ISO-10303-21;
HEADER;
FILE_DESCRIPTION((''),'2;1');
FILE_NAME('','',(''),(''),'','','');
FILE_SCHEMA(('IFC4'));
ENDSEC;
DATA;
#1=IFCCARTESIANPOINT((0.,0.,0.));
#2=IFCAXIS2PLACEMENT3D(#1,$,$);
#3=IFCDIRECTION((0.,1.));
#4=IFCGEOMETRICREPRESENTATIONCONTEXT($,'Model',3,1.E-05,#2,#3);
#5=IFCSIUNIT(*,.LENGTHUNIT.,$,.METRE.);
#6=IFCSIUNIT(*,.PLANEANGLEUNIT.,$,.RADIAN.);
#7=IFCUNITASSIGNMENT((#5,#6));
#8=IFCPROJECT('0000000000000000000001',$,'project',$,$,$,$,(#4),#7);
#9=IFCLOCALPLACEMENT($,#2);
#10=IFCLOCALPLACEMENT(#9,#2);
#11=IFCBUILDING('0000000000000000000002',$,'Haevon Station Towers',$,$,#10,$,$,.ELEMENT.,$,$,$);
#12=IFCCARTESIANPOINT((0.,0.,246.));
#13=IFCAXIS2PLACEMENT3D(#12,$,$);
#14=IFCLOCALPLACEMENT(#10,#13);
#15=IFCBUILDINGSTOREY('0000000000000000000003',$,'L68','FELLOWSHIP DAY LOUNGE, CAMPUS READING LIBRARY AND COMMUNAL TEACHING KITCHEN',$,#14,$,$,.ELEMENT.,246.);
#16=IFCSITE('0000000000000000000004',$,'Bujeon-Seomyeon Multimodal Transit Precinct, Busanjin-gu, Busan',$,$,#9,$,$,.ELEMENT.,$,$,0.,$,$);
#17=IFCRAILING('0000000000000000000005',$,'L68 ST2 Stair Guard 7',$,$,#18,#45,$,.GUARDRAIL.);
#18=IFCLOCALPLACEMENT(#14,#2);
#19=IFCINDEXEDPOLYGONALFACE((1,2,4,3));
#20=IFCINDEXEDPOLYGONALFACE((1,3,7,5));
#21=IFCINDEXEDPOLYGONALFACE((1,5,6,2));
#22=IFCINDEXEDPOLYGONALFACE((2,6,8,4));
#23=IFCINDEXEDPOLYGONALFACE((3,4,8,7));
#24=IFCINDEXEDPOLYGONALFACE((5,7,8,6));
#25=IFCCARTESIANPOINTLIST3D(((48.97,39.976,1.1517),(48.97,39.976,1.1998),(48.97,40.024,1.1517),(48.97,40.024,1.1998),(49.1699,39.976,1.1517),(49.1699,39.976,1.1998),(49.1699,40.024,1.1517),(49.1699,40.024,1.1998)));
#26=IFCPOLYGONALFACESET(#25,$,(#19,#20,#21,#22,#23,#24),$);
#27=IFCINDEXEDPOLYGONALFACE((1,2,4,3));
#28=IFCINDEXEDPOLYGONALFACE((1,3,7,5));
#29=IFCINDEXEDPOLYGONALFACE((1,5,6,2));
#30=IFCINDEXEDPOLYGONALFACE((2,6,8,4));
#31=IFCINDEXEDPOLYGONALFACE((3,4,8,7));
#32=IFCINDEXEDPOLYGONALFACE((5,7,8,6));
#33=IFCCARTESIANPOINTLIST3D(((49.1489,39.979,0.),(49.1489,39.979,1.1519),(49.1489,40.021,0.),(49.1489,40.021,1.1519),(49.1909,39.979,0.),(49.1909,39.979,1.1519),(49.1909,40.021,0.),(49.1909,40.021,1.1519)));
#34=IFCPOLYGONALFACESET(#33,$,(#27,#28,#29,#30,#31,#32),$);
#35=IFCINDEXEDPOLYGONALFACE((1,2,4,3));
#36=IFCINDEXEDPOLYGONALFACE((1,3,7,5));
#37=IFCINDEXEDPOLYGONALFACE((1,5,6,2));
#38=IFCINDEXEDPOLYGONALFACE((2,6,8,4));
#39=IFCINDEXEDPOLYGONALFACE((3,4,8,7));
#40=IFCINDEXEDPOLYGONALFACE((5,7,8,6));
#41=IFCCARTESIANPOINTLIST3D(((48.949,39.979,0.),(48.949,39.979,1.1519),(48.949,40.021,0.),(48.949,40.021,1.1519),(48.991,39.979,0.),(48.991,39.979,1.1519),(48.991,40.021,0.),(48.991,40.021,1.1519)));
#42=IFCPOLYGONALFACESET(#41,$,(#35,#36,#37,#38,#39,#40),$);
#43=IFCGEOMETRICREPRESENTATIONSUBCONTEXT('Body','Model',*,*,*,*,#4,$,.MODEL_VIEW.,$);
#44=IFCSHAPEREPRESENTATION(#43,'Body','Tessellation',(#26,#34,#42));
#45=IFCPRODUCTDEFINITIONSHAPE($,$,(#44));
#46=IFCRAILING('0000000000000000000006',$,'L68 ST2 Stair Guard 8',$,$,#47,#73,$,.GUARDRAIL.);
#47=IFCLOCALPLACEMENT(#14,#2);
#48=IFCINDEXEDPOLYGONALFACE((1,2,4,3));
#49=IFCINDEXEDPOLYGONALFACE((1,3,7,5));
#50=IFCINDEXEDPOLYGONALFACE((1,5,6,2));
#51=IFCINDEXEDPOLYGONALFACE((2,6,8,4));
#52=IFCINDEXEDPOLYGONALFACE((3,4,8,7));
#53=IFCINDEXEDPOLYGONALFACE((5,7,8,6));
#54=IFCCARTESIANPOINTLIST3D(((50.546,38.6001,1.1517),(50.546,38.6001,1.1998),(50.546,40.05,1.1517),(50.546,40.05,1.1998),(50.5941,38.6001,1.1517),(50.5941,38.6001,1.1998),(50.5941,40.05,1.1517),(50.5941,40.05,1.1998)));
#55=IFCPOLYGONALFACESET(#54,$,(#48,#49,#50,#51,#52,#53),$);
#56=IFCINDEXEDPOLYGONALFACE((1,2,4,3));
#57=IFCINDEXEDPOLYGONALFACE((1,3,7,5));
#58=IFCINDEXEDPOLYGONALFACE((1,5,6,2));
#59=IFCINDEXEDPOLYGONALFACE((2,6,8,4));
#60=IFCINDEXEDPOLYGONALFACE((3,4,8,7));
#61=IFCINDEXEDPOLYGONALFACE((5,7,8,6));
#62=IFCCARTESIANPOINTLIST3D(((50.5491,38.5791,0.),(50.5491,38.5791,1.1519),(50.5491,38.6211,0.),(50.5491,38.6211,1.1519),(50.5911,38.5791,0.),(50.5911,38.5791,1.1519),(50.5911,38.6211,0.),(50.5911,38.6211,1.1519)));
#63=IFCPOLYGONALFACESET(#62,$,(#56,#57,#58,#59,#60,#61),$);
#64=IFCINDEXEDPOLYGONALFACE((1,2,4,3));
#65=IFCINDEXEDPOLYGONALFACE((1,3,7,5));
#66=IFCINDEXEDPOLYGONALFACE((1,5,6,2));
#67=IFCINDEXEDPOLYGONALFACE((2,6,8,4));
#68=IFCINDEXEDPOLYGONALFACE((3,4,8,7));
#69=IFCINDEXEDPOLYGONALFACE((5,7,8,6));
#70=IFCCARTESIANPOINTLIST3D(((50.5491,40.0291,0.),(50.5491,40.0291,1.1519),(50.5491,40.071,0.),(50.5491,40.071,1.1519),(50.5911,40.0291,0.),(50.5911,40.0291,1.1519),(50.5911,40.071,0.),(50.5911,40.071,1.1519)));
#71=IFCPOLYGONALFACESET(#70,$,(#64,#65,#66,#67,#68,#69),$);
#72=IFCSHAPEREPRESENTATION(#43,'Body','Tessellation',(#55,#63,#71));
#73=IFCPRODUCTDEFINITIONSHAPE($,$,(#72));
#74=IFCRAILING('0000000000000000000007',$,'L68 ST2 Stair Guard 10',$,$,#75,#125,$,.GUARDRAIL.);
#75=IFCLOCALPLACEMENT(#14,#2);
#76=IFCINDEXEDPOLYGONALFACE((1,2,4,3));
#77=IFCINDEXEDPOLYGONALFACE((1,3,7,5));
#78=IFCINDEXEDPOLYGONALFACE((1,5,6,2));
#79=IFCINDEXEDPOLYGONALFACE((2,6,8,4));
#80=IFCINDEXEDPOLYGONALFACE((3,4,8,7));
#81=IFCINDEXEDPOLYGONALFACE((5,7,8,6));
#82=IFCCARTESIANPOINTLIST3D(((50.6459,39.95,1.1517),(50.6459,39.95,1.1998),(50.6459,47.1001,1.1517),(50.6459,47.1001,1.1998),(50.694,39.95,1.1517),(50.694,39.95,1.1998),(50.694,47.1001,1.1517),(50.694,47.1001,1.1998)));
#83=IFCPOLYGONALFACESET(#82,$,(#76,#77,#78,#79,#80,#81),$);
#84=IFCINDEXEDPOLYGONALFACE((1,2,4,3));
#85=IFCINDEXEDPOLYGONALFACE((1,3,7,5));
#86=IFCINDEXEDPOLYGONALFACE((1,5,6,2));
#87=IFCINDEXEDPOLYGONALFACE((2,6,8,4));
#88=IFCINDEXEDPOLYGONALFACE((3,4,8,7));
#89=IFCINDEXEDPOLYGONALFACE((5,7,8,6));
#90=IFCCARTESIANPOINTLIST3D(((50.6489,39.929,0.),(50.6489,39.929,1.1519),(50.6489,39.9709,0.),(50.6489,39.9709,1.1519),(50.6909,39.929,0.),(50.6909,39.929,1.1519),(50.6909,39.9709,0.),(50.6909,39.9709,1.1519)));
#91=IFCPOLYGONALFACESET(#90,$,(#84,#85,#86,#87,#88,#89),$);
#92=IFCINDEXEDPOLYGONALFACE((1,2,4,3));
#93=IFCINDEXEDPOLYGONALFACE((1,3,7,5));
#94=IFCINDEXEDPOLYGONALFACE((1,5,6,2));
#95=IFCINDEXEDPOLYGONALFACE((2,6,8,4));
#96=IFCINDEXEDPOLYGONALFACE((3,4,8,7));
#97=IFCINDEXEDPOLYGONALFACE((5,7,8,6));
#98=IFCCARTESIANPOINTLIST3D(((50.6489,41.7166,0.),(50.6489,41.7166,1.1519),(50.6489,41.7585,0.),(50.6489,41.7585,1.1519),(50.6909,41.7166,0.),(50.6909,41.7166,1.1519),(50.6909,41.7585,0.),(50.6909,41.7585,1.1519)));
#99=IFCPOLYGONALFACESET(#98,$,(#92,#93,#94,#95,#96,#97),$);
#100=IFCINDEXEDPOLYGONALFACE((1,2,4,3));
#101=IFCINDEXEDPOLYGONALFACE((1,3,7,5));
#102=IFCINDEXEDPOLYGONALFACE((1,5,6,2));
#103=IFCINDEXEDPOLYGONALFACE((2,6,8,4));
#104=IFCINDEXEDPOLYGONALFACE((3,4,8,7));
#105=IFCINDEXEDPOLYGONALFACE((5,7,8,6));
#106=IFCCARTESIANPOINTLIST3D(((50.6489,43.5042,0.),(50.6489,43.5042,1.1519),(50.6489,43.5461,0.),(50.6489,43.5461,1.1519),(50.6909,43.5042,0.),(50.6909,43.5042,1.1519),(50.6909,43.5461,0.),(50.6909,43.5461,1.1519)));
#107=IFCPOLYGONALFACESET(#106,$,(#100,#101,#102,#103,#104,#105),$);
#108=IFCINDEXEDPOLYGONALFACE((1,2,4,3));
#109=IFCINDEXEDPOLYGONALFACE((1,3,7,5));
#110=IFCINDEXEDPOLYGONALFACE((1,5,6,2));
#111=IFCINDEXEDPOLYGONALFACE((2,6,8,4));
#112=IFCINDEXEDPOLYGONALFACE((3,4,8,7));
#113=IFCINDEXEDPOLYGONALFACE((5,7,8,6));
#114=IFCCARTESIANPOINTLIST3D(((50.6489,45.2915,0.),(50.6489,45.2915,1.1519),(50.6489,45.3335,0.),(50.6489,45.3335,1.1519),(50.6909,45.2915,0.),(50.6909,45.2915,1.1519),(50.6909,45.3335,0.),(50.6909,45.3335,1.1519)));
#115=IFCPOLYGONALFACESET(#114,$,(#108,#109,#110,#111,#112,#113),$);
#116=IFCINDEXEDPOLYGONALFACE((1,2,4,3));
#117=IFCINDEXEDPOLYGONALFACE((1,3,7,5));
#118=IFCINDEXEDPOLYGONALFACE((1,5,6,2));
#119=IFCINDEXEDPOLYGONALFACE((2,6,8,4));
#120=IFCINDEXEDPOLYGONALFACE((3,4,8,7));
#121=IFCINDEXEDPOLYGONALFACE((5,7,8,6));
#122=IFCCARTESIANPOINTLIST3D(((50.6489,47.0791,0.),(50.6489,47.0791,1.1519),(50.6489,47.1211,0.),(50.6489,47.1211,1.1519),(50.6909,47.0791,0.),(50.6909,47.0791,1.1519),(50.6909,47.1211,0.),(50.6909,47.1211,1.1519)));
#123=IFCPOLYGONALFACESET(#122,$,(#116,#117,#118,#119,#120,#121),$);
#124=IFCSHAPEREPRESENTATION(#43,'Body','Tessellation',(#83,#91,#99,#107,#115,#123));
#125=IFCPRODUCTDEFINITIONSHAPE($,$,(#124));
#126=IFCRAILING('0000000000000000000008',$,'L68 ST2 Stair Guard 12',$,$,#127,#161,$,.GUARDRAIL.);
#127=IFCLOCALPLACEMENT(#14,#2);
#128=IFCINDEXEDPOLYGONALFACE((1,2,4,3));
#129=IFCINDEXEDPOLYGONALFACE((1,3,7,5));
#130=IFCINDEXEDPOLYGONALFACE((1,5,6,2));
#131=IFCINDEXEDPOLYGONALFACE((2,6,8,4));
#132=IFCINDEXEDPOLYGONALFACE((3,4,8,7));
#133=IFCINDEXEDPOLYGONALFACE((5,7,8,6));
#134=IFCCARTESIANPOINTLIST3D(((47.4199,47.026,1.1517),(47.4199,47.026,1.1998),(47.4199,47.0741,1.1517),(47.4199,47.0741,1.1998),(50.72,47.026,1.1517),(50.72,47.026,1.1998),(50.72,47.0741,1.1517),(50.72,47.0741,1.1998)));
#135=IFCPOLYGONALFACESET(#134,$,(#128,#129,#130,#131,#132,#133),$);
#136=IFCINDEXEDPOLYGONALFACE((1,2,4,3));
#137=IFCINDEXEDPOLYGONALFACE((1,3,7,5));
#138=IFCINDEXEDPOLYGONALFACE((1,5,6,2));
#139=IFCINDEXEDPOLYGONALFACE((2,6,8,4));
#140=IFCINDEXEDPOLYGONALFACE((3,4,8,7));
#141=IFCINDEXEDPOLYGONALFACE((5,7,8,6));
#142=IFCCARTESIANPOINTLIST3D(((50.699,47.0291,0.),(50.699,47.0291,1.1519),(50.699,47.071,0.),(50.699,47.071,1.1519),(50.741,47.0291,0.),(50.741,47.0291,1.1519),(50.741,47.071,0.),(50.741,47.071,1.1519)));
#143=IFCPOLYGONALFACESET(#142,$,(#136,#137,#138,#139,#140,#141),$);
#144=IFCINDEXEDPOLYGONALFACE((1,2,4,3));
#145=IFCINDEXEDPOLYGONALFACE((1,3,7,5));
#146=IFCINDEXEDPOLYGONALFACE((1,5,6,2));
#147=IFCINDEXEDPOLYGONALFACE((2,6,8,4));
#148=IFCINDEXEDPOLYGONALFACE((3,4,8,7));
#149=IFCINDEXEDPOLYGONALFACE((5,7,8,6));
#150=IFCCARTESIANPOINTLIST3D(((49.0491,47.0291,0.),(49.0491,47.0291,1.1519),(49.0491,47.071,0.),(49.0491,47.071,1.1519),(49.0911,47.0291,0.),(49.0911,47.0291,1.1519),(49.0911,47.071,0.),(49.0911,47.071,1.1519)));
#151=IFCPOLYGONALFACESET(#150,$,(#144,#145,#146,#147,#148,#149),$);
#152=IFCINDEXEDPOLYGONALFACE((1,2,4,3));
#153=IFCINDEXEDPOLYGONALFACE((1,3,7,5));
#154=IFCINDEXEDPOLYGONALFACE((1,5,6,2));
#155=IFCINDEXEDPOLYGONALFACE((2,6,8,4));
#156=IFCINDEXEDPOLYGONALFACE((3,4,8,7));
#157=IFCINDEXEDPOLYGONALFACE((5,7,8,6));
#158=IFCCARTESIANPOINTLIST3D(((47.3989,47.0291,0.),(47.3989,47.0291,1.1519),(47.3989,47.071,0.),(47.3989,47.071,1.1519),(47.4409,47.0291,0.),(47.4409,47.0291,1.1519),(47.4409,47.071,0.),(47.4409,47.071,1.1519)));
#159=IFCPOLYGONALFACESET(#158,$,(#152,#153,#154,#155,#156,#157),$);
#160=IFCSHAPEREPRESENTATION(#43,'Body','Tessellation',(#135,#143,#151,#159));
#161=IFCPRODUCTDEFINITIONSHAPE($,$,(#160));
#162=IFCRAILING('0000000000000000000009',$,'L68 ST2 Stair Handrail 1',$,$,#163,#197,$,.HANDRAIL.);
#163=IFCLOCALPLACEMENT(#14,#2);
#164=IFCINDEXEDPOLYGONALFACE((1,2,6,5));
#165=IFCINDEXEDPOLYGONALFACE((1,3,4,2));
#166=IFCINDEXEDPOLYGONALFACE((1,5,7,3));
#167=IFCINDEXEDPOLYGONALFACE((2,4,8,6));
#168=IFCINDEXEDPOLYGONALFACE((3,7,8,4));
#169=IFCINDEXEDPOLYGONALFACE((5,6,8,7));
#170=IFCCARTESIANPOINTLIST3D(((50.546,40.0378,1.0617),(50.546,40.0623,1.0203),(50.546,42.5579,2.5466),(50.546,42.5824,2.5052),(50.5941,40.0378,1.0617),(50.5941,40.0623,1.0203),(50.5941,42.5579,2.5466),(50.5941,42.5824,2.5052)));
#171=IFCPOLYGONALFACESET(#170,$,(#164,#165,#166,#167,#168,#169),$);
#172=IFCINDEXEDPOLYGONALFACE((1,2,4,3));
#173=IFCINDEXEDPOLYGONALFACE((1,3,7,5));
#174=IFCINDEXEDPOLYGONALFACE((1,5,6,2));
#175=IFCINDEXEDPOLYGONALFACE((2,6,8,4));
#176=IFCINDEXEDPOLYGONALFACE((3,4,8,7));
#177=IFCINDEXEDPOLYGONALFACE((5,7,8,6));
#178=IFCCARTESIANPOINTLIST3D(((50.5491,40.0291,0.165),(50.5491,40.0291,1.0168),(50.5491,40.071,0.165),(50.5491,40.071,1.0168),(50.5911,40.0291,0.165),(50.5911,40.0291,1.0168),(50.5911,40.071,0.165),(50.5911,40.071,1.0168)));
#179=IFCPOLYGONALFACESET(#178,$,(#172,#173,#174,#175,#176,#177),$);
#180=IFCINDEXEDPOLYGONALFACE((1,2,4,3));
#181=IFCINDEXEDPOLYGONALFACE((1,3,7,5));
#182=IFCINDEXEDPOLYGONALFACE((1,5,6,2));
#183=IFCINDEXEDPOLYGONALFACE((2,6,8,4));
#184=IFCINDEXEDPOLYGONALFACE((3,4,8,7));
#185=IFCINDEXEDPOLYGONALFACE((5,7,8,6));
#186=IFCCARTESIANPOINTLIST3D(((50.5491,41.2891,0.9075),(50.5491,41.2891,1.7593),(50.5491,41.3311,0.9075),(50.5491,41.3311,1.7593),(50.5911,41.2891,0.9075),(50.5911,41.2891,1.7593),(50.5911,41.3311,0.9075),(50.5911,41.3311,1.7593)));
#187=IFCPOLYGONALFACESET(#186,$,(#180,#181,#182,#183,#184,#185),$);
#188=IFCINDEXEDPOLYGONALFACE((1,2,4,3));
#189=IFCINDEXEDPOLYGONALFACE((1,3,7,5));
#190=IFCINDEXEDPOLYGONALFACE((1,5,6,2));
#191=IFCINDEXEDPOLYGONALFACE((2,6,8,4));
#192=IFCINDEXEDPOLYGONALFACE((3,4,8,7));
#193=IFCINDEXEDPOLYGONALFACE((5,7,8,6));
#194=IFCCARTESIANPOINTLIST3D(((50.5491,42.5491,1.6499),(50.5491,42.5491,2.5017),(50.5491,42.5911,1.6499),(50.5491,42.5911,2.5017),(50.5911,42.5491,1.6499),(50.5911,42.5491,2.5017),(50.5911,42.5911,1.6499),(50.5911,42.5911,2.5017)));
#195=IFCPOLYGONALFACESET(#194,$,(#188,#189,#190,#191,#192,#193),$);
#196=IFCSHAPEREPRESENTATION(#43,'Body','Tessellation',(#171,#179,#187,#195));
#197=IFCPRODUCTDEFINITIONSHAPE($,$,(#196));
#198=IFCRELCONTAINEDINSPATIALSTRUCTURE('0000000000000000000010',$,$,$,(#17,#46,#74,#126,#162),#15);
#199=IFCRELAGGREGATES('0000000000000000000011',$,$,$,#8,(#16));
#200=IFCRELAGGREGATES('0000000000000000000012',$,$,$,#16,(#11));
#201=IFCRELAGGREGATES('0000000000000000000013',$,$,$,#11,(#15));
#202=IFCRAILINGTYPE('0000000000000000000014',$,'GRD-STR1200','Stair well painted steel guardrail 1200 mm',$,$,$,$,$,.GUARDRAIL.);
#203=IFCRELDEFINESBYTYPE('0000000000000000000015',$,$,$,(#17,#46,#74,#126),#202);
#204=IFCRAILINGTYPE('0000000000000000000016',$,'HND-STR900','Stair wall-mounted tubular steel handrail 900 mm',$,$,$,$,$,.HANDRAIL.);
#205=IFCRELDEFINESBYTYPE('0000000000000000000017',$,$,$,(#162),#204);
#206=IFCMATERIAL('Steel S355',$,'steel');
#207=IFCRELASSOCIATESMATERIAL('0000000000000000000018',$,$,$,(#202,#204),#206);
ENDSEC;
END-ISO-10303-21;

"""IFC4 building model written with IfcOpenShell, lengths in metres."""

from ifc_helpers import new_model, si_unit, direction, frame, origin, origin_2d, place, context, subcontext, project, spatial, rectangle, extrude, material, type_object, element, save


model = new_model("IFC4")

# Units and contexts
model_context = context("Model", 3, precision=1e-05, world=origin(), true_north=direction((0.0, 1.0)))
body_context = subcontext(model_context, "Body", "Model", "MODEL_VIEW")
ifc_project = project(units=[si_unit("LENGTHUNIT", "METRE"), si_unit("PLANEANGLEUNIT", "RADIAN")], contexts=[model_context])

# Site, building, storey
site_placement = place(None, origin())
site = spatial("IfcSite", under=ifc_project, at=site_placement, Name="Bujeon-Seomyeon Multimodal Transit Precinct, Busanjin-gu, Busan", CompositionType="ELEMENT", RefElevation=0.0)
building_placement = place(site_placement, origin())
building = spatial("IfcBuilding", under=site, at=building_placement, Name="Haevon Station Towers", CompositionType="ELEMENT")
storey_placement = place(building_placement, frame((0.0, 0.0, 246.0)))
storey = spatial("IfcBuildingStorey", under=building, at=storey_placement, Name="L68", Description="FELLOWSHIP DAY LOUNGE, CAMPUS READING LIBRARY AND COMMUNAL TEACHING KITCHEN", CompositionType="ELEMENT", Elevation=246.0)

# Shared definitions
ifc_material_1 = material(Name="Steel S355", Category="steel")

# Railings
railing_type_1 = type_object("IfcRailingType", Name="GRD-STR1200", Description="Stair well painted steel guardrail 1200 mm", PredefinedType="GUARDRAIL", material=ifc_material_1)
railing_1_placement = place(storey_placement, frame((49.1699, 40.0, 0.0)))
element("IfcRailing", 1, at=railing_1_placement, inside=storey, type_object=railing_type_1, Name="L68 ST2 Stair Guard 7", PredefinedType="GUARDRAIL", context=body_context, shape_type="SweptSolid", body=[
    extrude(rectangle(XDim=0.0481, YDim=0.0481, at=origin_2d()), frame((0.0, 0.0, 1.1758), z_axis=(-1.0, 0.0, 0.0), x_axis=(0.0, -1.0, 0.0)), (0.0, 0.0, 1.0), 0.2),
    extrude(rectangle(XDim=0.042, YDim=0.042, at=origin_2d()), origin(), (0.0, 0.0, 1.0), 1.1519),
    extrude(rectangle(XDim=0.042, YDim=0.042, at=origin_2d()), frame((-0.2, 0.0, 0.0)), (0.0, 0.0, 1.0), 1.1519),
])
railing_2_placement = place(storey_placement, frame((50.5701, 38.6001, 0.0)))
element("IfcRailing", 2, at=railing_2_placement, inside=storey, type_object=railing_type_1, Name="L68 ST2 Stair Guard 8", PredefinedType="GUARDRAIL", context=body_context, shape_type="SweptSolid", body=[
    extrude(rectangle(XDim=0.0481, YDim=0.0481, at=origin_2d()), frame((0.0, 0.0, 1.1758), z_axis=(0.0, 1.0, 0.0), x_axis=(-1.0, 0.0, 0.0)), (0.0, 0.0, 1.0), 1.45),
    extrude(rectangle(XDim=0.042, YDim=0.042, at=origin_2d()), origin(), (0.0, 0.0, 1.0), 1.1519),
    extrude(rectangle(XDim=0.042, YDim=0.042, at=origin_2d()), frame((0.0, 1.45, 0.0)), (0.0, 0.0, 1.0), 1.1519),
])
railing_3_placement = place(storey_placement, frame((50.6699, 39.95, 0.0)))
element("IfcRailing", 3, at=railing_3_placement, inside=storey, type_object=railing_type_1, Name="L68 ST2 Stair Guard 10", PredefinedType="GUARDRAIL", context=body_context, shape_type="SweptSolid", body=[
    extrude(rectangle(XDim=0.0481, YDim=0.0481, at=origin_2d()), frame((0.0, 0.0, 1.1758), z_axis=(0.0, 1.0, 0.0), x_axis=(-1.0, 0.0, 0.0)), (0.0, 0.0, 1.0), 7.1501),
    extrude(rectangle(XDim=0.042, YDim=0.042, at=origin_2d()), origin(), (0.0, 0.0, 1.0), 1.1519),
    extrude(rectangle(XDim=0.042, YDim=0.042, at=origin_2d()), frame((0.0, 1.7876, 0.0)), (0.0, 0.0, 1.0), 1.1519),
    extrude(rectangle(XDim=0.042, YDim=0.042, at=origin_2d()), frame((0.0, 3.5752, 0.0)), (0.0, 0.0, 1.0), 1.1519),
    extrude(rectangle(XDim=0.042, YDim=0.042, at=origin_2d()), frame((0.0, 5.3625, 0.0)), (0.0, 0.0, 1.0), 1.1519),
    extrude(rectangle(XDim=0.042, YDim=0.042, at=origin_2d()), frame((0.0, 7.1501, 0.0)), (0.0, 0.0, 1.0), 1.1519),
])
railing_4_placement = place(storey_placement, frame((50.72, 47.05, 0.0)))
element("IfcRailing", 4, at=railing_4_placement, inside=storey, type_object=railing_type_1, Name="L68 ST2 Stair Guard 12", PredefinedType="GUARDRAIL", context=body_context, shape_type="SweptSolid", body=[
    extrude(rectangle(XDim=0.0481, YDim=0.0481, at=origin_2d()), frame((0.0, 0.0, 1.1758), z_axis=(-1.0, 0.0, 0.0), x_axis=(0.0, -1.0, 0.0)), (0.0, 0.0, 1.0), 3.3),
    extrude(rectangle(XDim=0.042, YDim=0.042, at=origin_2d()), origin(), (0.0, 0.0, 1.0), 1.1519),
    extrude(rectangle(XDim=0.042, YDim=0.042, at=origin_2d()), frame((-1.6499, 0.0, 0.0)), (0.0, 0.0, 1.0), 1.1519),
    extrude(rectangle(XDim=0.042, YDim=0.042, at=origin_2d()), frame((-3.3, 0.0, 0.0)), (0.0, 0.0, 1.0), 1.1519),
])
railing_type_2 = type_object("IfcRailingType", Name="HND-STR900", Description="Stair wall-mounted tubular steel handrail 900 mm", PredefinedType="HANDRAIL", material=ifc_material_1)
railing_5_placement = place(storey_placement, frame((50.5701, 40.05, 0.165)))
element("IfcRailing", 5, at=railing_5_placement, inside=storey, type_object=railing_type_2, Name="L68 ST2 Stair Handrail 1", PredefinedType="HANDRAIL", context=body_context, shape_type="SweptSolid", body=[
    extrude(rectangle(XDim=0.0481, YDim=0.0481, at=origin_2d()), frame((0.0, 0.0, 0.876), z_axis=(0.0, 0.861561, 0.507655), x_axis=(-1.0, 0.0, 0.0)), (0.0, 0.0, 1.0), 2.925),
    extrude(rectangle(XDim=0.042, YDim=0.042, at=origin_2d()), origin(), (0.0, 0.0, 1.0), 0.8518),
    extrude(rectangle(XDim=0.042, YDim=0.042, at=origin_2d()), frame((0.0, 1.26, 0.7424)), (0.0, 0.0, 1.0), 0.8518),
    extrude(rectangle(XDim=0.042, YDim=0.042, at=origin_2d()), frame((0.0, 2.52, 1.4849)), (0.0, 0.0, 1.0), 0.8518),
])

save(model, "model.ifc")
